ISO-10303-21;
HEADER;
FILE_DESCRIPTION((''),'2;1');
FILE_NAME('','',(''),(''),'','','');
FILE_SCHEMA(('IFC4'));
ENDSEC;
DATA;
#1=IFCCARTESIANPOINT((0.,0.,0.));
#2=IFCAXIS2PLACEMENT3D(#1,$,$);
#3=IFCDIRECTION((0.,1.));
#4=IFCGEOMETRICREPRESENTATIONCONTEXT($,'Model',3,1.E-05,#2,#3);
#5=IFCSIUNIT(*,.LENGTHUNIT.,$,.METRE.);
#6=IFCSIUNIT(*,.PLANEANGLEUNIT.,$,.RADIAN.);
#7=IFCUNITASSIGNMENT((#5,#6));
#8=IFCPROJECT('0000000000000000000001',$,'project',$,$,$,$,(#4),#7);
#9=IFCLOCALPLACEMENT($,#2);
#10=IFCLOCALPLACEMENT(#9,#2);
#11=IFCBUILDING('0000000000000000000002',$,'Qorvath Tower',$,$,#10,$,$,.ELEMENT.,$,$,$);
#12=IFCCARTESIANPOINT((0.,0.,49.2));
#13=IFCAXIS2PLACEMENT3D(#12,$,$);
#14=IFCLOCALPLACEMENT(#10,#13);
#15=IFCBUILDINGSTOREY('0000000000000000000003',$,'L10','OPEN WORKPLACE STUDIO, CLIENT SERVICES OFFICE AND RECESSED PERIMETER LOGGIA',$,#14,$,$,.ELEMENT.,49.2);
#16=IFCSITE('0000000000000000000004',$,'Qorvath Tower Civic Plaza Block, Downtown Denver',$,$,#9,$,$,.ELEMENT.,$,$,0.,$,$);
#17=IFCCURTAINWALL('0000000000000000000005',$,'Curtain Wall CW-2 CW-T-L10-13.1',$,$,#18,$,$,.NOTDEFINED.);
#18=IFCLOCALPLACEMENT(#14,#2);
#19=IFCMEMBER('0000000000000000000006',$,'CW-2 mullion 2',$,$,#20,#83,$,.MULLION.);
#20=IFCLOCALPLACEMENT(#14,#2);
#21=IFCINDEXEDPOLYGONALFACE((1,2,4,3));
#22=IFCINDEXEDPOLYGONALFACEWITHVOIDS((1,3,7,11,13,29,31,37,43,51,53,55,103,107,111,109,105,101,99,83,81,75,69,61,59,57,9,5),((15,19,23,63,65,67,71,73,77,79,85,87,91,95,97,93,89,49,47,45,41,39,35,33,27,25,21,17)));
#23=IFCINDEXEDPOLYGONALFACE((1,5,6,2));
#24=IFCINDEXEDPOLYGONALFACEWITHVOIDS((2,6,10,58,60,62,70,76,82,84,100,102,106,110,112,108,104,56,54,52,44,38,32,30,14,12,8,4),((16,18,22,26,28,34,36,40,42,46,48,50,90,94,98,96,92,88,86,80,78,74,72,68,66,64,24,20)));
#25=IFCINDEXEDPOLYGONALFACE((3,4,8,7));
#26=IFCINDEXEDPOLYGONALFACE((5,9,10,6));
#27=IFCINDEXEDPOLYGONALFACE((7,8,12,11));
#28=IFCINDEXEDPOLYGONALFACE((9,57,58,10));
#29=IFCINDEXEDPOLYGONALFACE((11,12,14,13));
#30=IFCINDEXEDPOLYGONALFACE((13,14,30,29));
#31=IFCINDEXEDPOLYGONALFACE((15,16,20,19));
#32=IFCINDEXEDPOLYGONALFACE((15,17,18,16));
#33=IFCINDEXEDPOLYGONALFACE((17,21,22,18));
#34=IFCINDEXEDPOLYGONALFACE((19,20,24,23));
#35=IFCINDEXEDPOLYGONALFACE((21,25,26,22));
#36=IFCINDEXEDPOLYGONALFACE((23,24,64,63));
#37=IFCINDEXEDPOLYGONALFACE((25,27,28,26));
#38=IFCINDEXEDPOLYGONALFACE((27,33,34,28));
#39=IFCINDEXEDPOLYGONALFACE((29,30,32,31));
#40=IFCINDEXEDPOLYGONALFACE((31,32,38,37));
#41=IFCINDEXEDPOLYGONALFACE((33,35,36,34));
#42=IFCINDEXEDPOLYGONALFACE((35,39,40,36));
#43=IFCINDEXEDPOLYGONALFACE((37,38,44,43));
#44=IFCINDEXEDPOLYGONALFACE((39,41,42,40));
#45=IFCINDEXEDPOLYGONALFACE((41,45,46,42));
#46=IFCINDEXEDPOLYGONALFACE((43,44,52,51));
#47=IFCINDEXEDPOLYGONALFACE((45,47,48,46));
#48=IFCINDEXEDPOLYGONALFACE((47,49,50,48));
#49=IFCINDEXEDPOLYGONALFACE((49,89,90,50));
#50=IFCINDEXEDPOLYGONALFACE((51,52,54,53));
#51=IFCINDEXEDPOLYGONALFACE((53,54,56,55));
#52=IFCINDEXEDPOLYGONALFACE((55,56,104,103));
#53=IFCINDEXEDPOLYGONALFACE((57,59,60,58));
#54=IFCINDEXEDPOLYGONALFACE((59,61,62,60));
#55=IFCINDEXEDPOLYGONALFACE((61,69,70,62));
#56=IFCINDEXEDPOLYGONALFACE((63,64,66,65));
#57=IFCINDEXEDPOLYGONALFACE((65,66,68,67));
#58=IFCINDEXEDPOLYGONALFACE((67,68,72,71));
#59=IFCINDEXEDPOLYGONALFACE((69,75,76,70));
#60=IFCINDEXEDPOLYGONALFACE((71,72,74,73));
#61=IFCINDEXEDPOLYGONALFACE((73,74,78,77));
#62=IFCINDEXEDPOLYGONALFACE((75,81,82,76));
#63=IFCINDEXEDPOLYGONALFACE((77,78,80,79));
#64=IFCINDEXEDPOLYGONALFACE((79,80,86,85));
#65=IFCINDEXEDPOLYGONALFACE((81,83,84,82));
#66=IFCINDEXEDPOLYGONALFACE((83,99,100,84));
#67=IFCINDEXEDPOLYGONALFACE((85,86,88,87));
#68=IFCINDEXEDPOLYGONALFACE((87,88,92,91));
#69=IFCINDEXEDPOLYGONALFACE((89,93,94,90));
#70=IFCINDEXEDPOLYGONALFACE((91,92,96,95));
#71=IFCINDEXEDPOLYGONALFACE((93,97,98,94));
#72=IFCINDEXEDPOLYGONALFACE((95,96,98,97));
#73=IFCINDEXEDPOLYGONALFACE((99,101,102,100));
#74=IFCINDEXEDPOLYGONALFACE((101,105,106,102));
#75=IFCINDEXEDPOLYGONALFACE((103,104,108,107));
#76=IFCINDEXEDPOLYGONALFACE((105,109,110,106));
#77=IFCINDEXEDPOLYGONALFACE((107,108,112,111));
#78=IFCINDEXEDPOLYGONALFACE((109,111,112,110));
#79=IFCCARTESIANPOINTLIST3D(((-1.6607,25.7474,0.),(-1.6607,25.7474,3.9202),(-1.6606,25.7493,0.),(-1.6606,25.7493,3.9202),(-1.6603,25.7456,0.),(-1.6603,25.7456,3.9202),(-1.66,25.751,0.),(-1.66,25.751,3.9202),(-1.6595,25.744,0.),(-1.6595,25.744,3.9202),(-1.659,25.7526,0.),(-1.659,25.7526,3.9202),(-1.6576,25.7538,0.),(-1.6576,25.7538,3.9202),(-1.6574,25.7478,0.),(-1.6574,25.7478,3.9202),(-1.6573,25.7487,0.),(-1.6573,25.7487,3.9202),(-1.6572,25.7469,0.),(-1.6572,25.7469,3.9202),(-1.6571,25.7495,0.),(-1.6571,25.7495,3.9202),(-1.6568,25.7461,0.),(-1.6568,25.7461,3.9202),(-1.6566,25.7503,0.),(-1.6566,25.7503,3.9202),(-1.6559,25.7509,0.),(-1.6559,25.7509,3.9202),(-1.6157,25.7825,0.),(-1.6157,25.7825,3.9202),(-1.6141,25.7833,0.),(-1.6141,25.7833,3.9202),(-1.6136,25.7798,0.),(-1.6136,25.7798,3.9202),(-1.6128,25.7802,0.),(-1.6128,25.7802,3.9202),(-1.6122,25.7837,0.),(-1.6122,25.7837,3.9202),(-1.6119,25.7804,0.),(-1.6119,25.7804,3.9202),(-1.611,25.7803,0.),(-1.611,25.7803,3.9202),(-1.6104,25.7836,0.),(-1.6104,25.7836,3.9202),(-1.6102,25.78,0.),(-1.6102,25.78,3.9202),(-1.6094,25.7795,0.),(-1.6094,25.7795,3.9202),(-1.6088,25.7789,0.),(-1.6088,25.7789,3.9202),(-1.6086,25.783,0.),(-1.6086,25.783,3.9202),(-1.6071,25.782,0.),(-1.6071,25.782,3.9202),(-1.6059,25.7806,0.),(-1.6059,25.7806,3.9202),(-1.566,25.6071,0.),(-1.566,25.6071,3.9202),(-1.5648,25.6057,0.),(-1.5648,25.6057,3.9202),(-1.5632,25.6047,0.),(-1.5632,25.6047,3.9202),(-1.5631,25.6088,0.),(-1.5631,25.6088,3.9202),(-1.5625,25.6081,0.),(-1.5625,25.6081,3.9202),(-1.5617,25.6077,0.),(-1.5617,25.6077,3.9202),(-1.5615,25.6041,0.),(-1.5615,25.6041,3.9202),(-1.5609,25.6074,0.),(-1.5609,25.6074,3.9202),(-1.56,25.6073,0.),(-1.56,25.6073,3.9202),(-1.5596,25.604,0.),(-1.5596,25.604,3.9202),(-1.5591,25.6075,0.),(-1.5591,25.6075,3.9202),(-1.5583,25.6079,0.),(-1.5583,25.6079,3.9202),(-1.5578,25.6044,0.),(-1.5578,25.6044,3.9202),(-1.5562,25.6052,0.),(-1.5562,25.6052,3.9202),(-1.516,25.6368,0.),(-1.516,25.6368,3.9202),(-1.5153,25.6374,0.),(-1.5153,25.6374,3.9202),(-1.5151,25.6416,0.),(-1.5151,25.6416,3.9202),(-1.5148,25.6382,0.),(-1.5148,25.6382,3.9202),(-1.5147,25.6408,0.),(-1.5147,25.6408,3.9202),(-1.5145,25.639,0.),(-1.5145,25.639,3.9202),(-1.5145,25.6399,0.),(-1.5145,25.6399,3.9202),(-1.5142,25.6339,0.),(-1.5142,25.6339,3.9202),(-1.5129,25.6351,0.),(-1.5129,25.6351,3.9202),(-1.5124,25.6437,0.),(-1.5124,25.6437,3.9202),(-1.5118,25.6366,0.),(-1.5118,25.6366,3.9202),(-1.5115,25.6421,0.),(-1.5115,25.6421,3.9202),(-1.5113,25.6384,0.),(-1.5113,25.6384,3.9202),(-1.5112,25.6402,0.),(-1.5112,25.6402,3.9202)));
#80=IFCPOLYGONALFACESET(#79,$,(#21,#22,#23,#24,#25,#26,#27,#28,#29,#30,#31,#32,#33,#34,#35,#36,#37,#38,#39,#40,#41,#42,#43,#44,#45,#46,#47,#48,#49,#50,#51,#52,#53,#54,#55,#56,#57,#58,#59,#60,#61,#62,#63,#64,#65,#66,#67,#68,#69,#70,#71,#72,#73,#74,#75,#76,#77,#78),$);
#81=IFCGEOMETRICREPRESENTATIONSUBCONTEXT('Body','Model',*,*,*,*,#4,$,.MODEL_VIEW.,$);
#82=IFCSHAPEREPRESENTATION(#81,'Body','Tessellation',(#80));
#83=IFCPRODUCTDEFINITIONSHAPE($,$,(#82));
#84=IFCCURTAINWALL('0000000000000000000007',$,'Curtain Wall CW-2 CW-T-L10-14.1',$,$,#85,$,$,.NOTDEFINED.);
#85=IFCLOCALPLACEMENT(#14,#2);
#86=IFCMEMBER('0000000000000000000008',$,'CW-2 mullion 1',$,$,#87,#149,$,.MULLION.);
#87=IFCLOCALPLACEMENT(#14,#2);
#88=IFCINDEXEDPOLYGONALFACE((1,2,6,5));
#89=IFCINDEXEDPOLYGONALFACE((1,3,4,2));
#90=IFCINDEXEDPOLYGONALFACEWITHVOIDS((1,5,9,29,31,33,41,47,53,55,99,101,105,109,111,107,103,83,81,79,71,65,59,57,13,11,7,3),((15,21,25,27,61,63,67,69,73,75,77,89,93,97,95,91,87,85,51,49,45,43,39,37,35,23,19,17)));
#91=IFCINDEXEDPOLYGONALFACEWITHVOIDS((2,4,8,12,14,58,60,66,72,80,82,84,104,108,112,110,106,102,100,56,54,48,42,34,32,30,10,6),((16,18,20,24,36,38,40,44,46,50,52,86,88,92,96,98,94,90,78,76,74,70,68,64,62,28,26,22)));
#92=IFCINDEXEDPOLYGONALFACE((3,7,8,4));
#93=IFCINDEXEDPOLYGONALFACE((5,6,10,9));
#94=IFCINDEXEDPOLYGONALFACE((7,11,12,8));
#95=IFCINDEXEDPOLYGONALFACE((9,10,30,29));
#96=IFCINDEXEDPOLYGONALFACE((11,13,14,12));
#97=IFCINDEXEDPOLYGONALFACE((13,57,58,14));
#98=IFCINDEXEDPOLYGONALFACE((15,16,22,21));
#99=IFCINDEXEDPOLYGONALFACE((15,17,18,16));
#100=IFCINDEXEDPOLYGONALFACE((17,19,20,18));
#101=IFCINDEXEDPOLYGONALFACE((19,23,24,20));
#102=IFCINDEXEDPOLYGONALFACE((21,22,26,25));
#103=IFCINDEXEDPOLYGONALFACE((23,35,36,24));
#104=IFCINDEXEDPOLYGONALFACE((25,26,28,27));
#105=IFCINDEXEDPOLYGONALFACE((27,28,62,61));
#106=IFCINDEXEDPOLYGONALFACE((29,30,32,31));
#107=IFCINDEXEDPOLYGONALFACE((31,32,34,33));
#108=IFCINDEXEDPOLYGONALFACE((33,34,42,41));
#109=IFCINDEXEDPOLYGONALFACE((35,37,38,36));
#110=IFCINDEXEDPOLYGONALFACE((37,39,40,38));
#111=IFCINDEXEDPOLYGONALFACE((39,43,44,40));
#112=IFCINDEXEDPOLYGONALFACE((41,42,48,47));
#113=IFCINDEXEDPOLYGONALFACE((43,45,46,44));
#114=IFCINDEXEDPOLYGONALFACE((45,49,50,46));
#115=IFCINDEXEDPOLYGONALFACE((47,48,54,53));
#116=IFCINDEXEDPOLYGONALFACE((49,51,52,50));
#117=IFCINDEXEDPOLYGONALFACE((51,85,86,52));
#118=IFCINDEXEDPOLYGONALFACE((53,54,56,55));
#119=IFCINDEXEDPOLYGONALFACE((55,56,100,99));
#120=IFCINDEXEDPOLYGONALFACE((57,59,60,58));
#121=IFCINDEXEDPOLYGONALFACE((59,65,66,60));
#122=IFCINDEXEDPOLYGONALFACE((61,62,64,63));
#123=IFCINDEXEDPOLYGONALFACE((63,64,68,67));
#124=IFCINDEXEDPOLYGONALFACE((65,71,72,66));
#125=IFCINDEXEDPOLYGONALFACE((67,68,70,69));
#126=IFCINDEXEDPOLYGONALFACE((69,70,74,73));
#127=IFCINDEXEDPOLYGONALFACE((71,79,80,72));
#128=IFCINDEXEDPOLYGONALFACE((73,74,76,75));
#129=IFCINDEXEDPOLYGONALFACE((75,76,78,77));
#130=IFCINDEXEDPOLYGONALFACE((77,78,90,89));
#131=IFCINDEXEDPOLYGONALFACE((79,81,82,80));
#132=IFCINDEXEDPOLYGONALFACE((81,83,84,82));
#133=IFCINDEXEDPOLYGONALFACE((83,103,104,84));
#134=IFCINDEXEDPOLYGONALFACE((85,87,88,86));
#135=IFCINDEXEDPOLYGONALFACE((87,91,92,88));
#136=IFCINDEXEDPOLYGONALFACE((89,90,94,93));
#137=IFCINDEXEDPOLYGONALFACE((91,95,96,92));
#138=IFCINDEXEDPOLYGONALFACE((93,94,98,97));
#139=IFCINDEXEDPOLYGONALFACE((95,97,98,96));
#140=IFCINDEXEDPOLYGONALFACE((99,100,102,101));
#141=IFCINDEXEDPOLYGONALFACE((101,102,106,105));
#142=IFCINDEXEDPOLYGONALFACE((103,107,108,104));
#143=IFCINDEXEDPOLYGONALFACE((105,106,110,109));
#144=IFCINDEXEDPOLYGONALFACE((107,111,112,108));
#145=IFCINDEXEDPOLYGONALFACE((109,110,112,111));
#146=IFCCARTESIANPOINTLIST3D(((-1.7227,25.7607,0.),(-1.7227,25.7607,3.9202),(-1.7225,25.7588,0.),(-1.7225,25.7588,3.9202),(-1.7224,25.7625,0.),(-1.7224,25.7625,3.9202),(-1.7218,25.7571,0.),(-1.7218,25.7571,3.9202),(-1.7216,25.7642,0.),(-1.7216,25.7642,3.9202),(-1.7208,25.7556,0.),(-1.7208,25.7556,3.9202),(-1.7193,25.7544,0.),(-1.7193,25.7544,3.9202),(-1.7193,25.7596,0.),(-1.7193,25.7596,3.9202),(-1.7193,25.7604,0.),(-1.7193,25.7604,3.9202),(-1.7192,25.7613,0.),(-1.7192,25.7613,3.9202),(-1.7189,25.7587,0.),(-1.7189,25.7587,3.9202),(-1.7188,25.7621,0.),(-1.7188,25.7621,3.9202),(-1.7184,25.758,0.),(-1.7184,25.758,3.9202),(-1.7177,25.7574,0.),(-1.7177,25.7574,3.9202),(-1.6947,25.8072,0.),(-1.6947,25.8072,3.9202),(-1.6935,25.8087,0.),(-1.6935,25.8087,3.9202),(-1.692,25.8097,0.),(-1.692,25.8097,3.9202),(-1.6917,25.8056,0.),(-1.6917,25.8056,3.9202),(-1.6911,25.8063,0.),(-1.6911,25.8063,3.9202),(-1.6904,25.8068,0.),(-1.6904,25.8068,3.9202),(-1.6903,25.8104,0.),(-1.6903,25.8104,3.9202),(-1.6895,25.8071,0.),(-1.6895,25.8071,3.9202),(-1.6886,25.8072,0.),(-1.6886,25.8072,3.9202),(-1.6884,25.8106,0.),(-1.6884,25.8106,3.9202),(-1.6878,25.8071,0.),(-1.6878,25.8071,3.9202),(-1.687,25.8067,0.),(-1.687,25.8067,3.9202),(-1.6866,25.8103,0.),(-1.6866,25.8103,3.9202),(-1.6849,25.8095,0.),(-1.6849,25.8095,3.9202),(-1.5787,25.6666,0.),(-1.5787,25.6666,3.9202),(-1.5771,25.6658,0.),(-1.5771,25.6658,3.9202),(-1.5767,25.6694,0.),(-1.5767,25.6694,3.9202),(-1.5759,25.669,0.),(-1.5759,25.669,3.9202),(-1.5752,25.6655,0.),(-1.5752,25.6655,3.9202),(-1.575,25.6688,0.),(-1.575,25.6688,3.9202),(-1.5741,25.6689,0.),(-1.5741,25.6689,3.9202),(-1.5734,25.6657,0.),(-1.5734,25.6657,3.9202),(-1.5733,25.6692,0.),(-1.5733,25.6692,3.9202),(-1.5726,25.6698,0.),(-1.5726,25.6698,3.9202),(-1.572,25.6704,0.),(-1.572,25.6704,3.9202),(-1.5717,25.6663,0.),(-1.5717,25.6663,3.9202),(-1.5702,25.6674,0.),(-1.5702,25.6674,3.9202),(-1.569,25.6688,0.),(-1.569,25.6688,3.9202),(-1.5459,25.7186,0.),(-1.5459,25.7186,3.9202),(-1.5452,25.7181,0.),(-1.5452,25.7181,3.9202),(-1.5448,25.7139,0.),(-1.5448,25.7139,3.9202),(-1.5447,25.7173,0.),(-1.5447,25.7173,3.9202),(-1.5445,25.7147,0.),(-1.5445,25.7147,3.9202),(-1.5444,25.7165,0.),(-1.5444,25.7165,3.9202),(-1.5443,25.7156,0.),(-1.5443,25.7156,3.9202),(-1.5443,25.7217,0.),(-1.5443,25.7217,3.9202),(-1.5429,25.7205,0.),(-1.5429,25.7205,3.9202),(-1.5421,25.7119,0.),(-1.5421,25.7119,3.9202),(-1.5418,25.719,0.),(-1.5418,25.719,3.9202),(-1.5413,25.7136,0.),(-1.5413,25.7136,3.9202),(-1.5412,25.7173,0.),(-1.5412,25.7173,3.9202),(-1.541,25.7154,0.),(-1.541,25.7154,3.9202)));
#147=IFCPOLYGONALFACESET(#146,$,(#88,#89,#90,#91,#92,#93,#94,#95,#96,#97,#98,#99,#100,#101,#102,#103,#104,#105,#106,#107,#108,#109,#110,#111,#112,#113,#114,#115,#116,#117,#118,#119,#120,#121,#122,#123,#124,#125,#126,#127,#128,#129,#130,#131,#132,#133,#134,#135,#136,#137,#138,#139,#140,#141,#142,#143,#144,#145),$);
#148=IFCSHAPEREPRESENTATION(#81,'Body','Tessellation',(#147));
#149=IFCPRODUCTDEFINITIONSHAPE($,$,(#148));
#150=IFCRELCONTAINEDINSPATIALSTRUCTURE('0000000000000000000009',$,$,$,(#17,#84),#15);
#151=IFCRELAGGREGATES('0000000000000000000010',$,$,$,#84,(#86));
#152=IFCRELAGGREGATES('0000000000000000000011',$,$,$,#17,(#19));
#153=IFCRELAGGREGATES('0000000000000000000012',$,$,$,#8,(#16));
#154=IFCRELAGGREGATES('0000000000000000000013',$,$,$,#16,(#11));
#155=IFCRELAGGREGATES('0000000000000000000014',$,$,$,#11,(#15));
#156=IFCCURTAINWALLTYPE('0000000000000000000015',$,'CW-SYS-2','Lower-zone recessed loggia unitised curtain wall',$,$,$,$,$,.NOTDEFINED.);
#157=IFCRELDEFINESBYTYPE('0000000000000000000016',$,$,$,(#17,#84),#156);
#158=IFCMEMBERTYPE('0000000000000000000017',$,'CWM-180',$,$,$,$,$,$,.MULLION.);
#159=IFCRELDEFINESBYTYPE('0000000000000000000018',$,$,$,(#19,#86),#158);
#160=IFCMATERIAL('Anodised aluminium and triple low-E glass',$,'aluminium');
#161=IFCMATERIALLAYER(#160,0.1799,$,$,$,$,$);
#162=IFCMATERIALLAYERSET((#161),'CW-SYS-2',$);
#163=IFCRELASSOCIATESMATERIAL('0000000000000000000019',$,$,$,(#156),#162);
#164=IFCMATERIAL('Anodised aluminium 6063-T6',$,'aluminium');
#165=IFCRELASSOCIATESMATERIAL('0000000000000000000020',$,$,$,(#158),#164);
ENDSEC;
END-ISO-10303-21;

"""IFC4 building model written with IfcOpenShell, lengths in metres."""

from ifc_helpers import new_model, si_unit, direction, frame, origin, origin_2d, place, context, subcontext, project, spatial, hollow_rectangle, extrude, material, layer, layer_set, material_profile, profile_set, type_object, element, aggregate, save


model = new_model("IFC4")

# Units and contexts
model_context = context("Model", 3, precision=1e-05, world=origin(), true_north=direction((0.0, 1.0)))
body_context = subcontext(model_context, "Body", "Model", "MODEL_VIEW")
ifc_project = project(units=[si_unit("LENGTHUNIT", "METRE"), si_unit("PLANEANGLEUNIT", "RADIAN")], contexts=[model_context])

# Site, building, storey
site_placement = place(None, origin())
site = spatial("IfcSite", under=ifc_project, at=site_placement, Name="Qorvath Tower Civic Plaza Block, Downtown Denver", CompositionType="ELEMENT", RefElevation=0.0)
building_placement = place(site_placement, origin())
building = spatial("IfcBuilding", under=site, at=building_placement, Name="Qorvath Tower", CompositionType="ELEMENT")
storey_placement = place(building_placement, frame((0.0, 0.0, 49.2)))
storey = spatial("IfcBuildingStorey", under=building, at=storey_placement, Name="L10", Description="OPEN WORKPLACE STUDIO, CLIENT SERVICES OFFICE AND RECESSED PERIMETER LOGGIA", CompositionType="ELEMENT", Elevation=49.2)

# Shared definitions
ifc_material_1 = material(Name="Anodised aluminium and triple low-E glass", Category="aluminium")
ifc_layer_1 = layer(ifc_material_1, 0.1799)
ifc_layer_set_1 = layer_set([ifc_layer_1], Name="CW-SYS-2")
curtain_wall_type = type_object("IfcCurtainWallType", Name="CW-SYS-2", Description="Lower-zone recessed loggia unitised curtain wall", PredefinedType="NOTDEFINED", material=ifc_layer_set_1)
ifc_material_2 = material(Name="Anodised aluminium 6063-T6", Category="aluminium")
ifc_material_profile_1 = material_profile(ifc_material_2, hollow_rectangle(XDim=0.0649, YDim=0.1799, WallThickness=0.0034, InnerFilletRadius=0.0034, OuterFilletRadius=0.0071, at=origin_2d()), Name="CWM 180x65")
ifc_profile_set_1 = profile_set([ifc_material_profile_1], Name="Anodised aluminium 6063-T6")
member_type_1 = type_object("IfcMemberType", Name="CWM-180", PredefinedType="MULLION", material=ifc_profile_set_1)

# Curtain wall, member
curtain_wall_1_placement = place(storey_placement, origin())
curtain_wall_1 = element("IfcCurtainWall", 1, at=curtain_wall_1_placement, inside=storey, type_object=curtain_wall_type, Name="Curtain Wall CW-2 CW-T-L10-13.1", PredefinedType="NOTDEFINED")
member_1_placement = place(storey_placement, frame((-1.5859, 25.6938, 0.0), z_axis=(0.0, 0.0, 1.0), x_axis=(-0.825849, -0.563891, 0.0)))
member_1 = element("IfcMember", 2, at=member_1_placement, type_object=member_type_1, Name="CW-2 mullion 2", PredefinedType="MULLION", context=body_context, shape_type="SweptSolid", body=[
    extrude(hollow_rectangle(XDim=0.0649, YDim=0.1799, WallThickness=0.0034, InnerFilletRadius=0.0034, OuterFilletRadius=0.0071, at=origin_2d()), origin(), (0.0, 0.0, 1.0), 3.9202),
])

# Curtain wall, member
curtain_wall_2_placement = place(storey_placement, origin())
curtain_wall_2 = element("IfcCurtainWall", 3, at=curtain_wall_2_placement, inside=storey, type_object=curtain_wall_type, Name="Curtain Wall CW-2 CW-T-L10-14.1", PredefinedType="NOTDEFINED")
member_2_placement = place(storey_placement, frame((-1.6318, 25.738, 0.0), z_axis=(0.0, 0.0, 1.0), x_axis=(-0.529724, -0.84817, 0.0)))
member_2 = element("IfcMember", 4, at=member_2_placement, type_object=member_type_1, Name="CW-2 mullion 1", PredefinedType="MULLION", context=body_context, shape_type="SweptSolid", body=[
    extrude(hollow_rectangle(XDim=0.0649, YDim=0.1799, WallThickness=0.0034, InnerFilletRadius=0.0034, OuterFilletRadius=0.0071, at=origin_2d()), origin(), (0.0, 0.0, 1.0), 3.9202),
])

aggregate(curtain_wall_2, [member_2])

aggregate(curtain_wall_1, [member_1])

save(model, "model.ifc")
